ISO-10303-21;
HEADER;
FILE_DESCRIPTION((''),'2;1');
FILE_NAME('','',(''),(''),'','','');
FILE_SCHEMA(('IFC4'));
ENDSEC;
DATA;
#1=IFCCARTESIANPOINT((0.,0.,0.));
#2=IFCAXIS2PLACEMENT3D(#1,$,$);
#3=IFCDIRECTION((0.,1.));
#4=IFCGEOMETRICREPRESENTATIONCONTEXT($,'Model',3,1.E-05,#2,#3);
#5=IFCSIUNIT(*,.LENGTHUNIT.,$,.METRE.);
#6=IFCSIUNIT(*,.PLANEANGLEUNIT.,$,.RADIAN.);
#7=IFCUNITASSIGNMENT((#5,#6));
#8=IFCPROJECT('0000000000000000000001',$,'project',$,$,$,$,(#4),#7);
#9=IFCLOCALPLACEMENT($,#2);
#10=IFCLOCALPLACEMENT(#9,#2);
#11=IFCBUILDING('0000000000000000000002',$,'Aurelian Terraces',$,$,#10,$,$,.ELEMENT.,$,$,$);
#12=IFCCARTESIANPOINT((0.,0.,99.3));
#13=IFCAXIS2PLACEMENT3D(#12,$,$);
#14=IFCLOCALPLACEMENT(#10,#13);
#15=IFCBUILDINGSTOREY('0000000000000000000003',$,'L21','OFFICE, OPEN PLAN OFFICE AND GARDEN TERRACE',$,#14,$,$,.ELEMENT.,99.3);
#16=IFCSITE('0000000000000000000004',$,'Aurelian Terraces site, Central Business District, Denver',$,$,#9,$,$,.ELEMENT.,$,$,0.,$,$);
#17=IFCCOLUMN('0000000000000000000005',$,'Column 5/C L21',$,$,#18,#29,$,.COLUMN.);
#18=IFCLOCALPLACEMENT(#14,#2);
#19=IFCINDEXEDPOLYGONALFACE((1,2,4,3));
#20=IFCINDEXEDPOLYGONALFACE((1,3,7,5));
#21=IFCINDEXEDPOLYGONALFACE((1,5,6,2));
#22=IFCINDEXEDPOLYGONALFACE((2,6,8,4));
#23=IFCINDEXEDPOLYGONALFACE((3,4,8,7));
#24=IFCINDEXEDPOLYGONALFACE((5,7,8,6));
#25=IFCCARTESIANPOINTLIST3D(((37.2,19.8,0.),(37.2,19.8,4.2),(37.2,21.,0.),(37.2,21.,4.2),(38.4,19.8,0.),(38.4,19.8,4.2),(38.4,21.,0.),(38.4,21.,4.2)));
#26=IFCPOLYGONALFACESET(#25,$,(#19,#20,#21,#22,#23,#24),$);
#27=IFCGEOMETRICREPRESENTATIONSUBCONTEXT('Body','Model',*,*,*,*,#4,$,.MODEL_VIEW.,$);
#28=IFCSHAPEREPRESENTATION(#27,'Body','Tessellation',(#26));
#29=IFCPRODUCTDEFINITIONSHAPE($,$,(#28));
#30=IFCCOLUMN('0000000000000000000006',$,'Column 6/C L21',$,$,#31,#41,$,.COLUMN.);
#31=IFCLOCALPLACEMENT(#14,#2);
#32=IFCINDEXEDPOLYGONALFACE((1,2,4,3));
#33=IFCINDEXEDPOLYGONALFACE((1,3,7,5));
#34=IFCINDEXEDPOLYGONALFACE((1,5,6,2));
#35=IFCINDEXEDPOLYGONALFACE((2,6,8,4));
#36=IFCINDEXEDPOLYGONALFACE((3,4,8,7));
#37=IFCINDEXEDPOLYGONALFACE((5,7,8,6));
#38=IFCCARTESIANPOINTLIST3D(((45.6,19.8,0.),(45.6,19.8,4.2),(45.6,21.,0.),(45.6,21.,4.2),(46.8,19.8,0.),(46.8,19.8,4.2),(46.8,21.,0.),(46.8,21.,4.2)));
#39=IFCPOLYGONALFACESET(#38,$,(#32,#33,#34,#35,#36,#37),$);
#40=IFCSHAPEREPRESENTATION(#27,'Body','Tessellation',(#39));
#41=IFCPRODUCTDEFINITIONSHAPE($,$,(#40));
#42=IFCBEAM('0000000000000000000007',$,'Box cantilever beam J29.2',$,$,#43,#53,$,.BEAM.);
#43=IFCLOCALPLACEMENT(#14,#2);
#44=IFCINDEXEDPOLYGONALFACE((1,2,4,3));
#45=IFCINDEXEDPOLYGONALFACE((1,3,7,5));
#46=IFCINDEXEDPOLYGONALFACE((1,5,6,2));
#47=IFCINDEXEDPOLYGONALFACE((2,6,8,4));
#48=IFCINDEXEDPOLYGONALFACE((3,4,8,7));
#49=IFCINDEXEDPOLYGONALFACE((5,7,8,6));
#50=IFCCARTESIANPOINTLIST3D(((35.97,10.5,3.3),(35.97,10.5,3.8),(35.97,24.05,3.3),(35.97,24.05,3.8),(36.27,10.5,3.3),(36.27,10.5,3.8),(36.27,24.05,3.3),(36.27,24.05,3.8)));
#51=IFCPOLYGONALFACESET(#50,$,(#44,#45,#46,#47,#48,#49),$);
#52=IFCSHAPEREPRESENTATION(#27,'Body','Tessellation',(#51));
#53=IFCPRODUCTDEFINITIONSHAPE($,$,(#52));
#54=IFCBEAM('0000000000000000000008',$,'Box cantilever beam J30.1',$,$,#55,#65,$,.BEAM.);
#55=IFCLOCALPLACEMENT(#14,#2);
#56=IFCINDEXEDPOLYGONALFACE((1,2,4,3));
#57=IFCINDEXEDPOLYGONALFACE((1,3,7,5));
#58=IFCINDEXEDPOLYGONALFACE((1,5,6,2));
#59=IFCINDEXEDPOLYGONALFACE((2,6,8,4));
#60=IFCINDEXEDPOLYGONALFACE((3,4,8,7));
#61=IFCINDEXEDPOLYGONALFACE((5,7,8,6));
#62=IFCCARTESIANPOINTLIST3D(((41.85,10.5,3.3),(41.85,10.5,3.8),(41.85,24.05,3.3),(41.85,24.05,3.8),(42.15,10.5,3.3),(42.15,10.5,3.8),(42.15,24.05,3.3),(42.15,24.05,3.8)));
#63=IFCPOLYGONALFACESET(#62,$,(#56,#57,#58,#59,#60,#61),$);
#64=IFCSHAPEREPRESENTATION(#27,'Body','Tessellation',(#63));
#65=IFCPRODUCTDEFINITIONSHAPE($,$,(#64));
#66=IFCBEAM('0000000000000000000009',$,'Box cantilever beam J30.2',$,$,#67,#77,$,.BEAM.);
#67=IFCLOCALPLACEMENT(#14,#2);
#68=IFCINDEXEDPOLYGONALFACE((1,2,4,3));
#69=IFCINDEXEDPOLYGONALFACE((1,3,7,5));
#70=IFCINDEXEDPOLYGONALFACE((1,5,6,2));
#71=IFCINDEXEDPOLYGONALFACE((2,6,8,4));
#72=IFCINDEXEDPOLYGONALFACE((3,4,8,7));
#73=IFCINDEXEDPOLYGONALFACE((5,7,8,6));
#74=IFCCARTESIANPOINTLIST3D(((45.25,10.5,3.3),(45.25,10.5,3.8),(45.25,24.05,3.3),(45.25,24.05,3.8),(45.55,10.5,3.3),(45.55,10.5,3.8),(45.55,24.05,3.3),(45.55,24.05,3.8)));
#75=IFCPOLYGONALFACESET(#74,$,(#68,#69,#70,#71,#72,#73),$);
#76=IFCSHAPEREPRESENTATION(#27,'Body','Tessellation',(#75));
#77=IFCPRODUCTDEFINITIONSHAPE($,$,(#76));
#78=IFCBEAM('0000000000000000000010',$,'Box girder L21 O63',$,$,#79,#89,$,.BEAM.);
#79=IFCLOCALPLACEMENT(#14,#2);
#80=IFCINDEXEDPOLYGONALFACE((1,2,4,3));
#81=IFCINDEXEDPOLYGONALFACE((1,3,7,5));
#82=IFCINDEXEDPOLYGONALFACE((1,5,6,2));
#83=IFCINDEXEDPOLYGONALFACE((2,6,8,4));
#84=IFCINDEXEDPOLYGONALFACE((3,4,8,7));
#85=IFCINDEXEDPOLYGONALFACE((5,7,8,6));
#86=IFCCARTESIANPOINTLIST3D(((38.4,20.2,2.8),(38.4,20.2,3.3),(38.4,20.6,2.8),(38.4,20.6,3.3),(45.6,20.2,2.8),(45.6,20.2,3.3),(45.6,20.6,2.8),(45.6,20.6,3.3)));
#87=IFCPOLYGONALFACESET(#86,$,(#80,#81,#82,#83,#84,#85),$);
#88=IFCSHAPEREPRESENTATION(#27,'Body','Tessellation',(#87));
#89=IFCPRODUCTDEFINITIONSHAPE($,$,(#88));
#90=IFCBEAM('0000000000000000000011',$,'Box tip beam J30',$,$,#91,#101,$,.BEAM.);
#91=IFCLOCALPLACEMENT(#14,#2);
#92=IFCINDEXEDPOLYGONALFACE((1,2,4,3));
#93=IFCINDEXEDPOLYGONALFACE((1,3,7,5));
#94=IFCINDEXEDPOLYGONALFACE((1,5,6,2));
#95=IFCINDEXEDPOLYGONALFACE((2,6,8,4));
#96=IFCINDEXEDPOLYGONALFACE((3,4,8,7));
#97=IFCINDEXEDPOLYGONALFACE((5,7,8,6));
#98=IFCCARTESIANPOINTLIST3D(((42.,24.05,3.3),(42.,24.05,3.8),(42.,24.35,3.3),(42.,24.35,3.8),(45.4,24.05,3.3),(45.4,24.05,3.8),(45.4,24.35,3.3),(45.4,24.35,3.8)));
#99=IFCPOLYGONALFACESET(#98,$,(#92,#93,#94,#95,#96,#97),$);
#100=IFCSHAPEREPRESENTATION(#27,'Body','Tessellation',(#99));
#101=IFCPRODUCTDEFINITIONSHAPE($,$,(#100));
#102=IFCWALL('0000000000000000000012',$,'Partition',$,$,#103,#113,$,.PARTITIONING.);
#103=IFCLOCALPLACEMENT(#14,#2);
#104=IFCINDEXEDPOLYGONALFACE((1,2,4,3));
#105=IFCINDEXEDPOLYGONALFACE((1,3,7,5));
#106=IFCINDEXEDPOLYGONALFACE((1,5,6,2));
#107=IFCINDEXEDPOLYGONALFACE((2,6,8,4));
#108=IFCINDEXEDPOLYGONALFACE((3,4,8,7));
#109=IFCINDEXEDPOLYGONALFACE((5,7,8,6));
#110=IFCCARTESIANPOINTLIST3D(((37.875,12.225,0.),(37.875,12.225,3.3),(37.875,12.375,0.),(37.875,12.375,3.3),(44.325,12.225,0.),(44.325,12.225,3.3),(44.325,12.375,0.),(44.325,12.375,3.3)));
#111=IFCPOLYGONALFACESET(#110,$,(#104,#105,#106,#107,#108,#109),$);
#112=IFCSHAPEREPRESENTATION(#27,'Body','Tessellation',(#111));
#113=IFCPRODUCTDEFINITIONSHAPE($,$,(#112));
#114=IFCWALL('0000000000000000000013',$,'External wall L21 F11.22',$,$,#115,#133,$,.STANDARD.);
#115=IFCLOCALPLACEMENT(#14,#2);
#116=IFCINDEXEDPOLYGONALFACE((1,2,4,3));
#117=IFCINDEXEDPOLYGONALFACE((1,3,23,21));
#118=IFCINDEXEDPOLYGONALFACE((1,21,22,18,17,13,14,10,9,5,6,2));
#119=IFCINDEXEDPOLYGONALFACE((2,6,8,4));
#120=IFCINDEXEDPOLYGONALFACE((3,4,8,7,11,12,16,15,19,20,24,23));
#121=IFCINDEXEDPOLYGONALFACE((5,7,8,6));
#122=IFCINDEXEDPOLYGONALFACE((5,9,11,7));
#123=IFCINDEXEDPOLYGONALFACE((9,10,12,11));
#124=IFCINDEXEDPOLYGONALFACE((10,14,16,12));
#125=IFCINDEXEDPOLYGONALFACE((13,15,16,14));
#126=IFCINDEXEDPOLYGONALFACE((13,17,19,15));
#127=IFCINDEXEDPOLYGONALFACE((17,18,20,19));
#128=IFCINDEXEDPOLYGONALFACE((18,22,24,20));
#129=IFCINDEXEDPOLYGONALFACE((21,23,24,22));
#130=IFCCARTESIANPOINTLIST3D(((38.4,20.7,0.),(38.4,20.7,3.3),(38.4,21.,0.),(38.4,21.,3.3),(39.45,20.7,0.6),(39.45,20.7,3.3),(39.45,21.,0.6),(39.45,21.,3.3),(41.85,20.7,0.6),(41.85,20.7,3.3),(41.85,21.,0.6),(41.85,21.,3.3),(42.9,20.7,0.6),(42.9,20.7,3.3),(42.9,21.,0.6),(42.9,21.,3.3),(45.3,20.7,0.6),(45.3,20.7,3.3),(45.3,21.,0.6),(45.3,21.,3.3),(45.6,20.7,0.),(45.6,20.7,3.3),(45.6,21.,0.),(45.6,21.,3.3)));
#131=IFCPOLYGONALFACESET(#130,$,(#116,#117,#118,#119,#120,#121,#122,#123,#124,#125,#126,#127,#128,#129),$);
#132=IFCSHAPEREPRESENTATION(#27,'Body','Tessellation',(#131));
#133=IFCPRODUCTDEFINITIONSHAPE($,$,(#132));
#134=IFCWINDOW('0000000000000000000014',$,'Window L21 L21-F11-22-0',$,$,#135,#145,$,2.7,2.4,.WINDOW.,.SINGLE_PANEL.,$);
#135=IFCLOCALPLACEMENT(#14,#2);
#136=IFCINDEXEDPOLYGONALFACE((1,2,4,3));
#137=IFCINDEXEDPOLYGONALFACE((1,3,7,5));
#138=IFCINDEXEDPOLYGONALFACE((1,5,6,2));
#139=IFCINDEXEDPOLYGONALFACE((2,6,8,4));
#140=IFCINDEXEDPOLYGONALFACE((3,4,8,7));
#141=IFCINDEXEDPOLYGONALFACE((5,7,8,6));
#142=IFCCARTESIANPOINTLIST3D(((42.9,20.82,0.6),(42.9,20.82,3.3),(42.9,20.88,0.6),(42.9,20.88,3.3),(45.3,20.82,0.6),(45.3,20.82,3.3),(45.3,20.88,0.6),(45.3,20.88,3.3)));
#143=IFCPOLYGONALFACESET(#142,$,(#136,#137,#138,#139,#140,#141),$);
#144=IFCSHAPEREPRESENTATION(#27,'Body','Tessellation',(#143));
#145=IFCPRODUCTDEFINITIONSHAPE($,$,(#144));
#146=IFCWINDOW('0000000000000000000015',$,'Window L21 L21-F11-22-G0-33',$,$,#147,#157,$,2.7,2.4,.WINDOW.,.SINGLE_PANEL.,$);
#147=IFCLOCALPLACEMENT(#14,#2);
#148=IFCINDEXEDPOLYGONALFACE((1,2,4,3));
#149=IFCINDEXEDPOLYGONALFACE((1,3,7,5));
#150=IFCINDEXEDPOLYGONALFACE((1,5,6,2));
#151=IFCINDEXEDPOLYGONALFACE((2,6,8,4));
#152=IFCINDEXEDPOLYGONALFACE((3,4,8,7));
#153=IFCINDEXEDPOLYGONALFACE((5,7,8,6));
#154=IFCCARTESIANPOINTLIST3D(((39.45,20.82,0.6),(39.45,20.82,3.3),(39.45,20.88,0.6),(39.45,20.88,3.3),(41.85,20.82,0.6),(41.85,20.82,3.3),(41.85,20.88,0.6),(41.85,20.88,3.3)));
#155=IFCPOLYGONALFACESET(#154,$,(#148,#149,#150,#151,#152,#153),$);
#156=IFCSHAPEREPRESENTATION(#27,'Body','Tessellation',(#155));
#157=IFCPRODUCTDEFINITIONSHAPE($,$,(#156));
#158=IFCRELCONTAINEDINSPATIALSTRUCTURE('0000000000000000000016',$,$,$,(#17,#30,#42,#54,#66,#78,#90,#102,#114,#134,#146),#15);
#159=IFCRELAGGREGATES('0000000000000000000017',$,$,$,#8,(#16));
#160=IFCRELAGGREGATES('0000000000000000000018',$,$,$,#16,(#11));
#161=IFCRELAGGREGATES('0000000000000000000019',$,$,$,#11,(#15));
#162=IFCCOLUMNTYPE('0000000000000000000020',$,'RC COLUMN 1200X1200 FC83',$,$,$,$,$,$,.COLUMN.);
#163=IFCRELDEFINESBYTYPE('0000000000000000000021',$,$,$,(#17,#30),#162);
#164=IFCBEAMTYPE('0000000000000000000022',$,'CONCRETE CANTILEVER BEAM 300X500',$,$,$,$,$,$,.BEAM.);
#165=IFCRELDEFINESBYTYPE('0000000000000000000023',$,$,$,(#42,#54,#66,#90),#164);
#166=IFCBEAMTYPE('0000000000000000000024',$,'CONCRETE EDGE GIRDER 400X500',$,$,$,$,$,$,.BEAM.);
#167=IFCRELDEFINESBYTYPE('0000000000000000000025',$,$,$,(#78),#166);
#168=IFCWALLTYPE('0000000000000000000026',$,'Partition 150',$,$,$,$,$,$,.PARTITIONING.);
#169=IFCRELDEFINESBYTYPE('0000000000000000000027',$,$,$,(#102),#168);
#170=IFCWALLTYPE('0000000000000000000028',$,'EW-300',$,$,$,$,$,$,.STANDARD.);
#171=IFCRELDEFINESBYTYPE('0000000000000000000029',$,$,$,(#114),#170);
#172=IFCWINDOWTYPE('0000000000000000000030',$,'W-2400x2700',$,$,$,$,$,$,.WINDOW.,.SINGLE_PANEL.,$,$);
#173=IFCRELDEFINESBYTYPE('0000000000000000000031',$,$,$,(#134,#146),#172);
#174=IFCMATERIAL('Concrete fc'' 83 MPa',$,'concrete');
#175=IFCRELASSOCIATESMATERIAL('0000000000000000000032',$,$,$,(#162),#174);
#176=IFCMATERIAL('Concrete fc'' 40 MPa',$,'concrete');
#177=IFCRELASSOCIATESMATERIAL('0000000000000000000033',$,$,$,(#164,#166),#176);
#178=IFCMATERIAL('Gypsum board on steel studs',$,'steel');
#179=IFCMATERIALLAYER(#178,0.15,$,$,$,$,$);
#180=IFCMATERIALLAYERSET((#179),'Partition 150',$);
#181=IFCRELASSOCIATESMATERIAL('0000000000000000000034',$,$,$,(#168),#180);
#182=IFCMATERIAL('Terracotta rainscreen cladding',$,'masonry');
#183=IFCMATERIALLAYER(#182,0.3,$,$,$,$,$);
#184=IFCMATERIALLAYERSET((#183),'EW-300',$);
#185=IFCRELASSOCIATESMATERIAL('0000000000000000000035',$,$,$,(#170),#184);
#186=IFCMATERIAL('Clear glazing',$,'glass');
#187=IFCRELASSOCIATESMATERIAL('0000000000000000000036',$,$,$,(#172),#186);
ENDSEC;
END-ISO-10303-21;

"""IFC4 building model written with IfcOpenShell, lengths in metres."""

from ifc_helpers import new_model, si_unit, direction, frame, frame_2d, origin, origin_2d, place, context, subcontext, project, spatial, rectangle, extrude, source, transform, mapped, material, layer, layer_set, material_profile, profile_set, type_object, element, fill, save


model = new_model("IFC4")

# Units and contexts
model_context = context("Model", 3, precision=1e-05, world=origin(), true_north=direction((0.0, 1.0)))
body_context = subcontext(model_context, "Body", "Model", "MODEL_VIEW")
ifc_project = project(units=[si_unit("LENGTHUNIT", "METRE"), si_unit("PLANEANGLEUNIT", "RADIAN")], contexts=[model_context])

# Site, building, storey
site_placement = place(None, origin())
site = spatial("IfcSite", under=ifc_project, at=site_placement, Name="Aurelian Terraces site, Central Business District, Denver", CompositionType="ELEMENT", RefElevation=0.0)
building_placement = place(site_placement, origin())
building = spatial("IfcBuilding", under=site, at=building_placement, Name="Aurelian Terraces", CompositionType="ELEMENT")
storey_placement = place(building_placement, frame((0.0, 0.0, 99.3)))
storey = spatial("IfcBuildingStorey", under=building, at=storey_placement, Name="L21", Description="OFFICE, OPEN PLAN OFFICE AND GARDEN TERRACE", CompositionType="ELEMENT", Elevation=99.3)

# Columns
ifc_material_1 = material(Name="Concrete fc' 83 MPa", Category="concrete")
ifc_material_profile_1 = material_profile(ifc_material_1, rectangle(XDim=1.2, YDim=1.2, at=origin_2d()))
ifc_profile_set_1 = profile_set([ifc_material_profile_1], Name="Concrete fc' 83 MPa")
column_type = type_object("IfcColumnType", Name="RC COLUMN 1200X1200 FC83", PredefinedType="COLUMN", material=ifc_profile_set_1)
shared_shape_1 = source(origin(), body_context, "Body", "SweptSolid", [
    extrude(rectangle(XDim=1.2, YDim=1.2, at=origin_2d()), origin(), (0.0, 0.0, 1.0), 4.2),
])
for number, where, z_axis, x_axis, name in (
    (1, (37.8, 20.4, 0.0), (0.0, 0.0, 1.0), (1.0, 0.0, 0.0), "Column 5/C L21"),
    (2, (46.2, 20.4, 0.0), (0.0, 0.0, 1.0), (1.0, 0.0, 0.0), "Column 6/C L21"),
):
    element("IfcColumn", number, at=place(storey_placement, frame(where, z_axis=z_axis, x_axis=x_axis)), inside=storey, type_object=column_type, Name=name, PredefinedType="COLUMN", context=body_context, shape_type="MappedRepresentation", body=[
        mapped(shared_shape_1, transform((0.0, 0.0, 0.0), scale=1.0)),
    ])

# Beams
ifc_material_2 = material(Name="Concrete fc' 40 MPa", Category="concrete")
ifc_material_profile_2 = material_profile(ifc_material_2, rectangle(XDim=0.3, YDim=0.5, at=origin_2d()))
ifc_profile_set_2 = profile_set([ifc_material_profile_2], Name="Concrete fc' 40 MPa")
beam_type_1 = type_object("IfcBeamType", Name="CONCRETE CANTILEVER BEAM 300X500", PredefinedType="BEAM", material=ifc_profile_set_2)
shared_shape_2 = source(origin(), body_context, "Body", "SweptSolid", [
    extrude(rectangle(XDim=0.3, YDim=0.5, at=origin_2d()), origin(), (0.0, 0.0, 1.0), 13.55),
])
for number, where, z_axis, x_axis, name in (
    (3, (36.12, 24.05, 3.55), (0.0, -1.0, 0.0), (1.0, 0.0, 0.0), "Box cantilever beam J29.2"),
    (4, (42.0, 24.05, 3.55), (0.0, -1.0, 0.0), (1.0, 0.0, 0.0), "Box cantilever beam J30.1"),
    (5, (45.4, 24.05, 3.55), (0.0, -1.0, 0.0), (1.0, 0.0, 0.0), "Box cantilever beam J30.2"),
):
    element("IfcBeam", number, at=place(storey_placement, frame(where, z_axis=z_axis, x_axis=x_axis)), inside=storey, type_object=beam_type_1, Name=name, PredefinedType="BEAM", context=body_context, shape_type="MappedRepresentation", body=[
        mapped(shared_shape_2, transform((0.0, 0.0, 0.0), scale=1.0)),
    ])
ifc_material_profile_3 = material_profile(ifc_material_2, rectangle(XDim=0.4, YDim=0.5, at=origin_2d()))
ifc_profile_set_3 = profile_set([ifc_material_profile_3], Name="Concrete fc' 40 MPa")
beam_type_2 = type_object("IfcBeamType", Name="CONCRETE EDGE GIRDER 400X500", PredefinedType="BEAM", material=ifc_profile_set_3)
shared_shape_3 = source(origin(), body_context, "Body", "SweptSolid", [
    extrude(rectangle(XDim=0.4, YDim=0.5, at=origin_2d()), origin(), (0.0, 0.0, 1.0), 7.2),
])
beam_1_placement = place(storey_placement, frame((38.4, 20.4, 3.05), z_axis=(1.0, 0.0, 0.0), x_axis=(0.0, 1.0, 0.0)))
element("IfcBeam", 6, at=beam_1_placement, inside=storey, type_object=beam_type_2, Name="Box girder L21 O63", PredefinedType="BEAM", context=body_context, shape_type="MappedRepresentation", body=[
    mapped(shared_shape_3, transform((0.0, 0.0, 0.0), scale=1.0)),
])
shared_shape_4 = source(origin(), body_context, "Body", "SweptSolid", [
    extrude(rectangle(XDim=0.3, YDim=0.5, at=origin_2d()), origin(), (0.0, 0.0, 1.0), 3.4),
])
beam_2_placement = place(storey_placement, frame((42.0, 24.2, 3.55), z_axis=(1.0, 0.0, 0.0), x_axis=(0.0, 1.0, 0.0)))
element("IfcBeam", 7, at=beam_2_placement, inside=storey, type_object=beam_type_1, Name="Box tip beam J30", PredefinedType="BEAM", context=body_context, shape_type="MappedRepresentation", body=[
    mapped(shared_shape_4, transform((0.0, 0.0, 0.0), scale=1.0)),
])

# Wall
ifc_material_3 = material(Name="Gypsum board on steel studs", Category="steel")
ifc_layer_1 = layer(ifc_material_3, 0.15)
ifc_layer_set_1 = layer_set([ifc_layer_1], Name="Partition 150")
wall_type_1 = type_object("IfcWallType", Name="Partition 150", PredefinedType="PARTITIONING", material=ifc_layer_set_1)
wall_1_placement = place(storey_placement, frame((37.875, 12.3, 0.0), z_axis=(0.0, 0.0, 1.0), x_axis=(1.0, 0.0, 0.0)))
element("IfcWall", 8, at=wall_1_placement, inside=storey, type_object=wall_type_1, Name="Partition", PredefinedType="PARTITIONING", context=body_context, shape_type="SweptSolid", body=[
    extrude(rectangle(XDim=6.45, YDim=0.15, at=frame_2d((3.225, 0.0))), origin(), (0.0, 0.0, 1.0), 3.3),
])

# Wall, openings, windows
ifc_material_4 = material(Name="Terracotta rainscreen cladding", Category="masonry")
ifc_layer_2 = layer(ifc_material_4, 0.3)
ifc_layer_set_2 = layer_set([ifc_layer_2], Name="EW-300")
wall_type_2 = type_object("IfcWallType", Name="EW-300", PredefinedType="STANDARD", material=ifc_layer_set_2)
shared_shape_5 = source(origin(), body_context, "Body", "SweptSolid", [
    extrude(rectangle(XDim=7.2, YDim=0.3, at=frame_2d((3.6, 0.0))), origin(), (0.0, 0.0, 1.0), 3.3),
])
wall_2_placement = place(storey_placement, frame((45.6, 20.85, 0.0), z_axis=(0.0, 0.0, 1.0), x_axis=(-1.0, 0.0, 0.0)))
wall_2 = element("IfcWall", 9, at=wall_2_placement, inside=storey, type_object=wall_type_2, Name="External wall L21 F11.22", PredefinedType="STANDARD", context=body_context, shape_type="MappedRepresentation", body=[
    mapped(shared_shape_5, transform((0.0, 0.0, 0.0), scale=1.0)),
])
shared_shape_6 = source(origin(), body_context, "Body", "SweptSolid", [
    extrude(rectangle(XDim=2.4, YDim=2.7, at=frame_2d((1.2, 1.35))), frame((0.0, 0.16, 0.0), z_axis=(0.0, -1.0, 0.0), x_axis=(1.0, 0.0, 0.0)), (0.0, 0.0, 1.0), 0.32),
])
opening_1_placement = place(wall_2_placement, frame((0.3, 0.0, 0.6)))
opening_1 = element("IfcOpeningElement", 10, at=opening_1_placement, cuts=wall_2, PredefinedType="OPENING", context=body_context, shape_type="MappedRepresentation", body=[
    mapped(shared_shape_6, transform((0.0, 0.0, 0.0), scale=1.0)),
])
opening_2_placement = place(wall_2_placement, frame((3.75, 0.0, 0.6)))
opening_2 = element("IfcOpeningElement", 11, at=opening_2_placement, cuts=wall_2, PredefinedType="OPENING", context=body_context, shape_type="MappedRepresentation", body=[
    mapped(shared_shape_6, transform((0.0, 0.0, 0.0), scale=1.0)),
])
ifc_material_5 = material(Name="Clear glazing", Category="glass")
window_type_1 = type_object("IfcWindowType", Name="W-2400x2700", PartitioningType="SINGLE_PANEL", PredefinedType="WINDOW", material=ifc_material_5)
shared_shape_7 = source(origin(), body_context, "Body", "SweptSolid", [
    extrude(rectangle(XDim=2.4, YDim=2.7, at=frame_2d((1.2, 1.35))), frame((0.0, 0.03, 0.0), z_axis=(0.0, -1.0, 0.0), x_axis=(1.0, 0.0, 0.0)), (0.0, 0.0, 1.0), 0.06),
])
window_1_placement = place(opening_1_placement, origin())
window_1 = element("IfcWindow", 12, at=window_1_placement, inside=storey, type_object=window_type_1, Name="Window L21 L21-F11-22-0", OverallHeight=2.7, OverallWidth=2.4, PartitioningType="SINGLE_PANEL", PredefinedType="WINDOW", context=body_context, shape_type="MappedRepresentation", body=[
    mapped(shared_shape_7, transform((0.0, 0.0, 0.0), scale=1.0)),
])
fill(opening_1, window_1)
window_2_placement = place(opening_2_placement, origin())
window_2 = element("IfcWindow", 13, at=window_2_placement, inside=storey, type_object=window_type_1, Name="Window L21 L21-F11-22-G0-33", OverallHeight=2.7, OverallWidth=2.4, PartitioningType="SINGLE_PANEL", PredefinedType="WINDOW", context=body_context, shape_type="MappedRepresentation", body=[
    mapped(shared_shape_7, transform((0.0, 0.0, 0.0), scale=1.0)),
])
fill(opening_2, window_2)

save(model, "model.ifc")
